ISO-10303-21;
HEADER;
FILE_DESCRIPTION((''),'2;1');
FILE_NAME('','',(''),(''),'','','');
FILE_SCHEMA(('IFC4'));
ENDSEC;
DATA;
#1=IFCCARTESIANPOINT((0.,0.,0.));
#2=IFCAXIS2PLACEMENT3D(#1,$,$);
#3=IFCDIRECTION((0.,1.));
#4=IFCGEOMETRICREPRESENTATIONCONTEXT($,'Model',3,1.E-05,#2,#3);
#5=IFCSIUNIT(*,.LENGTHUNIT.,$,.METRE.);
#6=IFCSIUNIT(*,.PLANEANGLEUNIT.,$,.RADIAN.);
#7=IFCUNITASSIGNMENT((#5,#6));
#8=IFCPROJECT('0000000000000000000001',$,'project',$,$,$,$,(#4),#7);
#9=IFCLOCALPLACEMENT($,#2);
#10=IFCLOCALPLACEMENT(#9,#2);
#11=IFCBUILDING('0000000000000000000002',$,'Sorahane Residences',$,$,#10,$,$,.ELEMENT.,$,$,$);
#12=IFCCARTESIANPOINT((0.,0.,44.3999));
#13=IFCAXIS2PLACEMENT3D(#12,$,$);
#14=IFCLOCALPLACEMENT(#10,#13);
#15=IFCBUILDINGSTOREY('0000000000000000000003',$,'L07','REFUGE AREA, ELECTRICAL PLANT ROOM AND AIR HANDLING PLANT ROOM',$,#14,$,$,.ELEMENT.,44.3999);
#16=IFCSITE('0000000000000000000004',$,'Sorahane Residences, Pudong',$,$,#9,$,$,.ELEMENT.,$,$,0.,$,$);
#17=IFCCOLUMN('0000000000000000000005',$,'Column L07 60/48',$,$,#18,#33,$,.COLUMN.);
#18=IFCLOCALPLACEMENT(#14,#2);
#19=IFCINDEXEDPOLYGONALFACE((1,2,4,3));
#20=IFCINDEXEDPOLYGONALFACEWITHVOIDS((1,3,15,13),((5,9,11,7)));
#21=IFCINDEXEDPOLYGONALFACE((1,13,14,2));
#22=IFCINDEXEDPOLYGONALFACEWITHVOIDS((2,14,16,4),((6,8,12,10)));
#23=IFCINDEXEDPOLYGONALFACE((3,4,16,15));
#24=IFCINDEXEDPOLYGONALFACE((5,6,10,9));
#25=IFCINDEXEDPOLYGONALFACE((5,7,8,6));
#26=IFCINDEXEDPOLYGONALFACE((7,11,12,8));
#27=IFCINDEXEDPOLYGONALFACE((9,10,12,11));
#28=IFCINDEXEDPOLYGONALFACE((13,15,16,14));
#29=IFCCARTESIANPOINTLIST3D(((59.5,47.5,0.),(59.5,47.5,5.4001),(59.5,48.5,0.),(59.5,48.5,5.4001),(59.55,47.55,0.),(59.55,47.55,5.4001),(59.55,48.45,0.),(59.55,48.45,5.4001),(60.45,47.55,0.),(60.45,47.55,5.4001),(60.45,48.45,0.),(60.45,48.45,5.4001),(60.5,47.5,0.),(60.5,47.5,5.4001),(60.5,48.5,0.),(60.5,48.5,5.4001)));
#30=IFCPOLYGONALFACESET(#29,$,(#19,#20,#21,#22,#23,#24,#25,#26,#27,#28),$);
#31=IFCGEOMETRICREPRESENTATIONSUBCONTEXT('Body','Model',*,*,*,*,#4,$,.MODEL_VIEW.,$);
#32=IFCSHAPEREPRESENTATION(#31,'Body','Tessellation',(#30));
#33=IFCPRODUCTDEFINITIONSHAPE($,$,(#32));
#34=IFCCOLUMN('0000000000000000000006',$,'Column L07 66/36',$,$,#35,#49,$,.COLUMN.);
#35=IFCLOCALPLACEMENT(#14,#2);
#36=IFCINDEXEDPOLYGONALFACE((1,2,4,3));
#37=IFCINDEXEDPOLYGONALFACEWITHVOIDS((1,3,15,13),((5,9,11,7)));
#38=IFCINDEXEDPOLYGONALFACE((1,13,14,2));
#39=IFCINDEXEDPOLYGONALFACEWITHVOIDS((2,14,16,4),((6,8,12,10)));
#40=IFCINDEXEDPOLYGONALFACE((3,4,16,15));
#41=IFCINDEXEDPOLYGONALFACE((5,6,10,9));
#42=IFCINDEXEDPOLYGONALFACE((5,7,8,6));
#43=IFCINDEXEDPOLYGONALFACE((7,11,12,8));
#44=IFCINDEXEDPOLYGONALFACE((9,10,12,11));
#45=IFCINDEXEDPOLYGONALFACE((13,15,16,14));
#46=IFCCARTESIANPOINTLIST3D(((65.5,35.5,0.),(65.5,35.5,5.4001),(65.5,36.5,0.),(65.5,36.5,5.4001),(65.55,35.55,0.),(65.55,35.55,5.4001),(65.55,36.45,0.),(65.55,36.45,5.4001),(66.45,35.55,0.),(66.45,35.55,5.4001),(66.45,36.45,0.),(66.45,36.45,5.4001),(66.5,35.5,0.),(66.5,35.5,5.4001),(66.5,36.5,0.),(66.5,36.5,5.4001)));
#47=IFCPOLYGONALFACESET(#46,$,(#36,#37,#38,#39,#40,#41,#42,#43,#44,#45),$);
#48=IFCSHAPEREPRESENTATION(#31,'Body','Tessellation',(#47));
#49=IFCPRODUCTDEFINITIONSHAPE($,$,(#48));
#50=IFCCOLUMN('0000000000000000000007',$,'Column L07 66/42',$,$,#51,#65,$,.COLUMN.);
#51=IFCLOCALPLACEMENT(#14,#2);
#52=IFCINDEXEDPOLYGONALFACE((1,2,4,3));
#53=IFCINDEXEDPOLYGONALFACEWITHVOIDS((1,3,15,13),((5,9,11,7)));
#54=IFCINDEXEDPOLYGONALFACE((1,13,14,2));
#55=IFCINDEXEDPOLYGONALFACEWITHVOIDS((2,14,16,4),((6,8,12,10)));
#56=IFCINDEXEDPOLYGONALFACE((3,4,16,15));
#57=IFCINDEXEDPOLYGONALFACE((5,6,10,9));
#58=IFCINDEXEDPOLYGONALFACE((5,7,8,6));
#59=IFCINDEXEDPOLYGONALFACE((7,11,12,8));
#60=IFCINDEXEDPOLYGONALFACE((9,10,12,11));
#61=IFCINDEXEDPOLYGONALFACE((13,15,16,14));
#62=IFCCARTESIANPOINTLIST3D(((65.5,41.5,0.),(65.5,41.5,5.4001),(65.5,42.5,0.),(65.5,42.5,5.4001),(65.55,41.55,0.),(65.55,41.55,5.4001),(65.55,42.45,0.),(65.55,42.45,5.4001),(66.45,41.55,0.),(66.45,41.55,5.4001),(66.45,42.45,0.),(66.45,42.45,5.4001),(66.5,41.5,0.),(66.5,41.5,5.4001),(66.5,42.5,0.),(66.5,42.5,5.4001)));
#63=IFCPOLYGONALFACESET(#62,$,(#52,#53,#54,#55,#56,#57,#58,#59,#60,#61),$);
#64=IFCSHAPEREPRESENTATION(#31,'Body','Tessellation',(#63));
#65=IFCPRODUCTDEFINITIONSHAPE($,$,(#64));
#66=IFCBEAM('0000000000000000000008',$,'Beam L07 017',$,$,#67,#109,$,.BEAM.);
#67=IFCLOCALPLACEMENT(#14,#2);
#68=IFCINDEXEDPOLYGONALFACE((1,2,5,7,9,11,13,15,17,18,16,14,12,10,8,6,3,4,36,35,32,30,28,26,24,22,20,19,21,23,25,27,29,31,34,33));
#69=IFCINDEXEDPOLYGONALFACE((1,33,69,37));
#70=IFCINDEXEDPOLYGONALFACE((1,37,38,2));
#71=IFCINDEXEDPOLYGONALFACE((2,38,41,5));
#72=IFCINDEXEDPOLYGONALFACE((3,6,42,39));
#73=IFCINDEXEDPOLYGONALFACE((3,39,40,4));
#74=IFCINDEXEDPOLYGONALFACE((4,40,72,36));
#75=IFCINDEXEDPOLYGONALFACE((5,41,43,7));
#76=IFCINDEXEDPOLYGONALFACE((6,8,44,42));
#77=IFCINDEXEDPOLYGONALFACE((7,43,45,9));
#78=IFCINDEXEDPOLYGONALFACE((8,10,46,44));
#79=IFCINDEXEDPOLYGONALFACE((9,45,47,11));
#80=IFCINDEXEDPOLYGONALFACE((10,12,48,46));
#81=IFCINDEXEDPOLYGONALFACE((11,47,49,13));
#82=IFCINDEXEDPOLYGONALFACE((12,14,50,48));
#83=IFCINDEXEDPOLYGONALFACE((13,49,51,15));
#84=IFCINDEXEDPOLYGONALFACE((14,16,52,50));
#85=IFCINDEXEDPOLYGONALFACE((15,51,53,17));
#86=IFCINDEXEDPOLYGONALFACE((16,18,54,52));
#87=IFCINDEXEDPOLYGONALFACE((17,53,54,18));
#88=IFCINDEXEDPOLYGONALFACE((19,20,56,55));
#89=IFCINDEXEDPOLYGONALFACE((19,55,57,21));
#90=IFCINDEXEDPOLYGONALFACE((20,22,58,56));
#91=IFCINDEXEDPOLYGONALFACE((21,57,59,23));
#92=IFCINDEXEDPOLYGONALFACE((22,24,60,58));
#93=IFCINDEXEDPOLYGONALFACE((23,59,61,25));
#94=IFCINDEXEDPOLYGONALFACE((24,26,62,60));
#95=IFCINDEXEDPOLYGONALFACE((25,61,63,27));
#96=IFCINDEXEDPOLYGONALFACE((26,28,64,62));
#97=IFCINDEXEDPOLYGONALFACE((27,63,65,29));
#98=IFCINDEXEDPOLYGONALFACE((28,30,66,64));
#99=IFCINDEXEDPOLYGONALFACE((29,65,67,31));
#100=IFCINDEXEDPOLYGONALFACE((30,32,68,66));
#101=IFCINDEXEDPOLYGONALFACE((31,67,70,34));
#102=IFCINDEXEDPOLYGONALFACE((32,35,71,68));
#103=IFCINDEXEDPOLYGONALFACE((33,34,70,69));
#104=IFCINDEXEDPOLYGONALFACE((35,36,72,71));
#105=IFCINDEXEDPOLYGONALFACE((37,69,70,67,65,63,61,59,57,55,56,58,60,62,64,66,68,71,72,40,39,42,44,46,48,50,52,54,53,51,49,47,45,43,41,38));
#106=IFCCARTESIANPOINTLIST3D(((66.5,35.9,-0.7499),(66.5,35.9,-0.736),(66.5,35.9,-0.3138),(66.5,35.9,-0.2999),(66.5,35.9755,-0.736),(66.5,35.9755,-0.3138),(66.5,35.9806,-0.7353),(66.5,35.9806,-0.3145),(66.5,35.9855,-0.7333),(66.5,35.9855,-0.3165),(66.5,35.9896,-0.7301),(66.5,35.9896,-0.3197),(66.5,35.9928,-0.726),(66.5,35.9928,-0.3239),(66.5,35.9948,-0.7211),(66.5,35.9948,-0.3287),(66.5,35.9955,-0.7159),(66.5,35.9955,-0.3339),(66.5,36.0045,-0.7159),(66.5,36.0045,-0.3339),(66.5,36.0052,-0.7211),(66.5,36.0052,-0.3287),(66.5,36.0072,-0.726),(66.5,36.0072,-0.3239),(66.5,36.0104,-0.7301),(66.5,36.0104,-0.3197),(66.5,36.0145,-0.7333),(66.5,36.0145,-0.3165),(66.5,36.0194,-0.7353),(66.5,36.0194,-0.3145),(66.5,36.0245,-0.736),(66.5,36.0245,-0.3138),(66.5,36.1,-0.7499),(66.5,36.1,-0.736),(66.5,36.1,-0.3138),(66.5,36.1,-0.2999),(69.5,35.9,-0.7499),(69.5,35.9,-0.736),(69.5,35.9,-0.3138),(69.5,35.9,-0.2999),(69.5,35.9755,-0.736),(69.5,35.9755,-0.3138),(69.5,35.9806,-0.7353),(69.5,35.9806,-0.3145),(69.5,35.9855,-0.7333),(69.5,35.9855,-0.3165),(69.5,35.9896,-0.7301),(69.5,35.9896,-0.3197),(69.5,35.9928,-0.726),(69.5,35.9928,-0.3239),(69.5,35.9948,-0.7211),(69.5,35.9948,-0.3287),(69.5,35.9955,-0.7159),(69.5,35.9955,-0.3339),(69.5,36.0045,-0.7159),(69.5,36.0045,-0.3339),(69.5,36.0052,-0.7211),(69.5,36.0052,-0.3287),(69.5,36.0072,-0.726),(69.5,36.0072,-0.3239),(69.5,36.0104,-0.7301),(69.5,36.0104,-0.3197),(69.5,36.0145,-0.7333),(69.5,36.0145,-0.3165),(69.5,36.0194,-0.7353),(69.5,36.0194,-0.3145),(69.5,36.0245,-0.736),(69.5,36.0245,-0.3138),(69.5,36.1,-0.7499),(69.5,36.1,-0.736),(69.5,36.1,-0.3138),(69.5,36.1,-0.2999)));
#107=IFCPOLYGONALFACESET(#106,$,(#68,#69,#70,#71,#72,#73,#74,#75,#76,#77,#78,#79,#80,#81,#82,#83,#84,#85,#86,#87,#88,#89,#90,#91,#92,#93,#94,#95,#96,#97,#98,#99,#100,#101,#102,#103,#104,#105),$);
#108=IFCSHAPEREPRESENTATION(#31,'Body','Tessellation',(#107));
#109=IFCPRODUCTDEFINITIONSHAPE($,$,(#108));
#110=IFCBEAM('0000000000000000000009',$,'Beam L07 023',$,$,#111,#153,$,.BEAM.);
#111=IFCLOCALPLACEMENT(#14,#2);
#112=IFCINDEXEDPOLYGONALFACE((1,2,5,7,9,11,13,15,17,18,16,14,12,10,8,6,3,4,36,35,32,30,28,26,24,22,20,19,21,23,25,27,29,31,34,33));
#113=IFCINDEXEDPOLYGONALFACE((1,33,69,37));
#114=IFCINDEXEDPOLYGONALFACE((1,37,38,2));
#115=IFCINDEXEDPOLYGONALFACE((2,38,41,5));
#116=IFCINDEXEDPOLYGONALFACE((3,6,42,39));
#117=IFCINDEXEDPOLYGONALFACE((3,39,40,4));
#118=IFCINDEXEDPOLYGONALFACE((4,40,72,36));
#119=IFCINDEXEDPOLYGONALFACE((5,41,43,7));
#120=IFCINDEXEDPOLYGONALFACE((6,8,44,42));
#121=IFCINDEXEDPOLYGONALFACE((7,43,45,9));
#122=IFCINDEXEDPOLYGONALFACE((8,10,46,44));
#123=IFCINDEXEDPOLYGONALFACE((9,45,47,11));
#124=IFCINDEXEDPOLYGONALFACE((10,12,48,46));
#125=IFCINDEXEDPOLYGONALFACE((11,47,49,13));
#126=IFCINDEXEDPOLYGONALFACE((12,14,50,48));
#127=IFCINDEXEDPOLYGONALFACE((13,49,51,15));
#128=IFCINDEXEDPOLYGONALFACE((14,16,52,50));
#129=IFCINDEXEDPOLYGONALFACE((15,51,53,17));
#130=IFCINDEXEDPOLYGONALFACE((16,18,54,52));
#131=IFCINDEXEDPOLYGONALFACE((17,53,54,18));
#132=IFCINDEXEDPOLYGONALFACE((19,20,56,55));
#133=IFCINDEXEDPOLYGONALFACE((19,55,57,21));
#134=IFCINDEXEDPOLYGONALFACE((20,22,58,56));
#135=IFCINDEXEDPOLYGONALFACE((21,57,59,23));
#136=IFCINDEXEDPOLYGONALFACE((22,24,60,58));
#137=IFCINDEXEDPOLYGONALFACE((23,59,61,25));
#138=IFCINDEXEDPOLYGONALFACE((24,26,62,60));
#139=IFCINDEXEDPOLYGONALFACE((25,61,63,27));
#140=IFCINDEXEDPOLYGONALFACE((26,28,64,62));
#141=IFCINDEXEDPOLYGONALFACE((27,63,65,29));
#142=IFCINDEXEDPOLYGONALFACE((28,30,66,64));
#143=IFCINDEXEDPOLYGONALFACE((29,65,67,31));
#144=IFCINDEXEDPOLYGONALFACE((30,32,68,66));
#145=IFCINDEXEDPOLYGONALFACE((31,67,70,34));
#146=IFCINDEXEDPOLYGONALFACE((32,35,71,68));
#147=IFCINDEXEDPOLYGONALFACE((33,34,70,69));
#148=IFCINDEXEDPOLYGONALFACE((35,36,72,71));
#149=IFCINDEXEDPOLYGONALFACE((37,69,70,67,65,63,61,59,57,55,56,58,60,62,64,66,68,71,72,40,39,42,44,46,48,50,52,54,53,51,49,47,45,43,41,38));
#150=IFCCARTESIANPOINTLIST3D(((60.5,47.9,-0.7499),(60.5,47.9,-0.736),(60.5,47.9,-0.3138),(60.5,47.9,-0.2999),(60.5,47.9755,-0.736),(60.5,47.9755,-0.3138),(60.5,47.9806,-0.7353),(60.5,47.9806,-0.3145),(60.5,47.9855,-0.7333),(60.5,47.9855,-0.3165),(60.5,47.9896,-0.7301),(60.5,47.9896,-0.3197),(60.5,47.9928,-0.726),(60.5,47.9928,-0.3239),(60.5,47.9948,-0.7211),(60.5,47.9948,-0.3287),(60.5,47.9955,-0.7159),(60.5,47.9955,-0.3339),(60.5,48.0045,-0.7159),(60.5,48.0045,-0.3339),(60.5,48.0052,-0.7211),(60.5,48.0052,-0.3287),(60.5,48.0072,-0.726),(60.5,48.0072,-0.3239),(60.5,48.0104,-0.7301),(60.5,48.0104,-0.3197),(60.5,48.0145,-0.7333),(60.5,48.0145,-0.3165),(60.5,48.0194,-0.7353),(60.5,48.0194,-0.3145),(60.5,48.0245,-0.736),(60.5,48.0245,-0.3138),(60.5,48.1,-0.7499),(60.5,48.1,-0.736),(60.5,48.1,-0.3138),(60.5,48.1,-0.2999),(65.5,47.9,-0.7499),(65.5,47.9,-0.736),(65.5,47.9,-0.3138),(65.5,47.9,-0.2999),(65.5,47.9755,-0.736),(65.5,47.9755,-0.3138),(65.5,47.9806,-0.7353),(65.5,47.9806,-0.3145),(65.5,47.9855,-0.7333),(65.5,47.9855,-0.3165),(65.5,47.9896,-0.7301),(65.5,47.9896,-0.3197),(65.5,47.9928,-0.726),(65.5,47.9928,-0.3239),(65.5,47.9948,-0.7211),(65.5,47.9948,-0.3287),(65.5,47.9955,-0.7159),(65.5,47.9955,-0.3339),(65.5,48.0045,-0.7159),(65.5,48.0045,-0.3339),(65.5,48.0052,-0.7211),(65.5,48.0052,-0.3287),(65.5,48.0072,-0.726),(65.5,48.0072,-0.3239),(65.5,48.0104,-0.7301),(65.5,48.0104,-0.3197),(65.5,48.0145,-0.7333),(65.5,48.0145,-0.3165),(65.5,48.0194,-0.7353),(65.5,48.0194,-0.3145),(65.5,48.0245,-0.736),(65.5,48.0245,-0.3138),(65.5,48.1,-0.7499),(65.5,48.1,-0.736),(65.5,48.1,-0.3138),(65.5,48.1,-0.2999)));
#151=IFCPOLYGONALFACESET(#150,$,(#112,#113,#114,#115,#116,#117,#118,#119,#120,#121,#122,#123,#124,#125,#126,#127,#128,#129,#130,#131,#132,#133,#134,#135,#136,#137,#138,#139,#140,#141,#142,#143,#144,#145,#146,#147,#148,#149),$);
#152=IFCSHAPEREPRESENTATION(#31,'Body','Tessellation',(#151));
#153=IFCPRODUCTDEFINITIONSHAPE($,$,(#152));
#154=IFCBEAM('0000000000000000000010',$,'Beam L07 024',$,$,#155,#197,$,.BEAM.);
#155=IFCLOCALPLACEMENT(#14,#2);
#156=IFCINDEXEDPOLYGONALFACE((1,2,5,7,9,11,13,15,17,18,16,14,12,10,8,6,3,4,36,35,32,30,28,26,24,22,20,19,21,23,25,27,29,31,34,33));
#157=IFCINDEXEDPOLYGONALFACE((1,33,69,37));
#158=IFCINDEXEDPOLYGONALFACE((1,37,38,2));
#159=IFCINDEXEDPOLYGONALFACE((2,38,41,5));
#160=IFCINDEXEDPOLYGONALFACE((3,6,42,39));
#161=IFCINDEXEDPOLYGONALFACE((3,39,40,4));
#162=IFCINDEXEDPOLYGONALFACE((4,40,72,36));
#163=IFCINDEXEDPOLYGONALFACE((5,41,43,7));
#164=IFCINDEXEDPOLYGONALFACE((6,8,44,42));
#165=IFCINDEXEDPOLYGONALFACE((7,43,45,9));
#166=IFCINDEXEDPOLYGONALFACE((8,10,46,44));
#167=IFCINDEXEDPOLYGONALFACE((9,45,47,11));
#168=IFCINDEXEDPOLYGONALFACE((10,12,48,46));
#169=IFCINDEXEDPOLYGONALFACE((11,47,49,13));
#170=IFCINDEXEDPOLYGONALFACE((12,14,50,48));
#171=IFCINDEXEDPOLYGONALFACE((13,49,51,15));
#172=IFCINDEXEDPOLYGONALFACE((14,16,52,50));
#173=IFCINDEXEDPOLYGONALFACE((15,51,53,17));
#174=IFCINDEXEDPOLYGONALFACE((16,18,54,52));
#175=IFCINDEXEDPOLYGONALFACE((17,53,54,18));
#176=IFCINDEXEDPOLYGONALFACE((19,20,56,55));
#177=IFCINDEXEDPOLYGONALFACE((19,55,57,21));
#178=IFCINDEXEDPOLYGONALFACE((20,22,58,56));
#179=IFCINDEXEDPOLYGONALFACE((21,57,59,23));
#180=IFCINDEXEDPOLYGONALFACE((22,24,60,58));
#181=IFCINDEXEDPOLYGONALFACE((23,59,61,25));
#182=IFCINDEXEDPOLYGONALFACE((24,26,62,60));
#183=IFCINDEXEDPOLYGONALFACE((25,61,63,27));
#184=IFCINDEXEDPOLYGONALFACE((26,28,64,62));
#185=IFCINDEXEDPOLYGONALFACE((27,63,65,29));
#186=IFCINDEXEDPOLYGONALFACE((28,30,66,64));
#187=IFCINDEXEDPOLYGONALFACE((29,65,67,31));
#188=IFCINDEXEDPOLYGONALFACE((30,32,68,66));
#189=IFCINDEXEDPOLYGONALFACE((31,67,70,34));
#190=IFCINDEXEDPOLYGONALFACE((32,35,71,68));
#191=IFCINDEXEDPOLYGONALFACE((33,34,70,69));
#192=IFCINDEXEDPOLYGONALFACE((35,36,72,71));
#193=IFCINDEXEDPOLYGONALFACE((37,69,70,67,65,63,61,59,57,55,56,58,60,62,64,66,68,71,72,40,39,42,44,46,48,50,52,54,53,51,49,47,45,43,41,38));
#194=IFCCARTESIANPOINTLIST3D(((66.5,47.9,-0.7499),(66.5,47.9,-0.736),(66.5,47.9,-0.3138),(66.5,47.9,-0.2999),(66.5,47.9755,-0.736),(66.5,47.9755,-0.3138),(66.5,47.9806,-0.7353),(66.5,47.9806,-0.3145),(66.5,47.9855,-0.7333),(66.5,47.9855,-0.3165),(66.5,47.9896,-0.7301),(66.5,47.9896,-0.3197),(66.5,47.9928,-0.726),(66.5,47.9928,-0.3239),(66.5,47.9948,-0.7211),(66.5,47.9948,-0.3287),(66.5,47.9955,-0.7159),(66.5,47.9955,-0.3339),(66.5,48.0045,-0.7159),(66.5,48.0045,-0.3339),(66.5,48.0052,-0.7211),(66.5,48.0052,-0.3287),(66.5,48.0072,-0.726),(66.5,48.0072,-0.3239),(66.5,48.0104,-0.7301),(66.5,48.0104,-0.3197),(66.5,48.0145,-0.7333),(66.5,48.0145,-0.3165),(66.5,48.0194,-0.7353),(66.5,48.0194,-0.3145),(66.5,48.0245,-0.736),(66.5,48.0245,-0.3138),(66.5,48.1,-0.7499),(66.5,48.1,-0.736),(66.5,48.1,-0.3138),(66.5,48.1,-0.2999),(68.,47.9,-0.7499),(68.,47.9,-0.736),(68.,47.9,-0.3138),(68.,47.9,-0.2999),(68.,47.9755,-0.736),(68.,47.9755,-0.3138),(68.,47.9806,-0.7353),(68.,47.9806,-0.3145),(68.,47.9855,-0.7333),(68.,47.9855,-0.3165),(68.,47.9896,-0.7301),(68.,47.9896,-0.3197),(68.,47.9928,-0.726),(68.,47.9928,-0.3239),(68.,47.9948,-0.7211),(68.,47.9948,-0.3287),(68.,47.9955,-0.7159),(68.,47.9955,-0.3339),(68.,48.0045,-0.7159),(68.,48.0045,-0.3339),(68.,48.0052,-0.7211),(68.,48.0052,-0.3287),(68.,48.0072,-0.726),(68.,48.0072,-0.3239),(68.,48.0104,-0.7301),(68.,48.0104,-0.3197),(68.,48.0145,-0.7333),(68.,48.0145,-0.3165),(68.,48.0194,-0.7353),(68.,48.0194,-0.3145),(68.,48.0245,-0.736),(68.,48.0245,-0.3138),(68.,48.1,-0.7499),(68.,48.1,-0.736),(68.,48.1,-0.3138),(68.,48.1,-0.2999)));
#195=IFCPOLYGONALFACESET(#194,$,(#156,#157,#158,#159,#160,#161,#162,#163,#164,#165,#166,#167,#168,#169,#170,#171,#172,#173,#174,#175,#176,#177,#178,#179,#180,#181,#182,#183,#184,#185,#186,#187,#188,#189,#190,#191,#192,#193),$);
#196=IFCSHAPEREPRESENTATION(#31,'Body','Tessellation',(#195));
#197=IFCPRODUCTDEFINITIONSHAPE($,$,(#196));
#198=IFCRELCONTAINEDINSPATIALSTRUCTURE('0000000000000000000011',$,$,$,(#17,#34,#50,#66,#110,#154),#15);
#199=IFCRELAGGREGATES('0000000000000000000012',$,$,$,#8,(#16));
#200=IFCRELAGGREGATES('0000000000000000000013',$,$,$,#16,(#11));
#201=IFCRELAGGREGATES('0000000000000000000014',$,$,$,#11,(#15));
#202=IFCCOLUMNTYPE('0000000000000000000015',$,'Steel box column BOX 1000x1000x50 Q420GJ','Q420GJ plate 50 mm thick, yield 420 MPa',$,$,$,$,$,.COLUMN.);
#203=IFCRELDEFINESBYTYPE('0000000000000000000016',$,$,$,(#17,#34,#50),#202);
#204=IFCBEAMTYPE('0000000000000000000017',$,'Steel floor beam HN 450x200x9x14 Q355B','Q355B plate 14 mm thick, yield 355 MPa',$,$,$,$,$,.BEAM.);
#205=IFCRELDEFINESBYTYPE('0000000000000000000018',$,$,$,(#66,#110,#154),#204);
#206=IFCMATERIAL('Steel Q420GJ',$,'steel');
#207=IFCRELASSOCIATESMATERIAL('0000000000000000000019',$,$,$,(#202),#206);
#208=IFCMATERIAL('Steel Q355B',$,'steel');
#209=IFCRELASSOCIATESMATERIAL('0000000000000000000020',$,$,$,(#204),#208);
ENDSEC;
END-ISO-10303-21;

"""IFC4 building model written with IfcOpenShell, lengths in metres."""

from ifc_helpers import new_model, si_unit, direction, frame, origin, origin_2d, place, context, subcontext, project, spatial, hollow_rectangle, i_section, extrude, material, material_profile, profile_set, type_object, element, save


model = new_model("IFC4")

# Units and contexts
model_context = context("Model", 3, precision=1e-05, world=origin(), true_north=direction((0.0, 1.0)))
body_context = subcontext(model_context, "Body", "Model", "MODEL_VIEW")
ifc_project = project(units=[si_unit("LENGTHUNIT", "METRE"), si_unit("PLANEANGLEUNIT", "RADIAN")], contexts=[model_context])

# Site, building, storey
site_placement = place(None, origin())
site = spatial("IfcSite", under=ifc_project, at=site_placement, Name="Sorahane Residences, Pudong", CompositionType="ELEMENT", RefElevation=0.0)
building_placement = place(site_placement, origin())
building = spatial("IfcBuilding", under=site, at=building_placement, Name="Sorahane Residences", CompositionType="ELEMENT")
storey_placement = place(building_placement, frame((0.0, 0.0, 44.3999)))
storey = spatial("IfcBuildingStorey", under=building, at=storey_placement, Name="L07", Description="REFUGE AREA, ELECTRICAL PLANT ROOM AND AIR HANDLING PLANT ROOM", CompositionType="ELEMENT", Elevation=44.3999)

# Columns
ifc_material_1 = material(Name="Steel Q420GJ", Category="steel")
ifc_material_profile_1 = material_profile(ifc_material_1, hollow_rectangle(XDim=1.0, YDim=1.0, WallThickness=0.05, at=origin_2d()), Name="BOX 1000x1000x50")
ifc_profile_set_1 = profile_set([ifc_material_profile_1], Name="Steel Q420GJ")
column_type = type_object("IfcColumnType", Name="Steel box column BOX 1000x1000x50 Q420GJ", Description="Q420GJ plate 50 mm thick, yield 420 MPa", PredefinedType="COLUMN", material=ifc_profile_set_1)
for number, where, z_axis, x_axis, name in (
    (1, (60.0, 48.0, 0.0), (0.0, 0.0, 1.0), (1.0, 0.0, 0.0), "Column L07 60/48"),
    (2, (66.0, 36.0, 0.0), (0.0, 0.0, 1.0), (1.0, 0.0, 0.0), "Column L07 66/36"),
    (3, (66.0, 42.0, 0.0), (0.0, 0.0, 1.0), (1.0, 0.0, 0.0), "Column L07 66/42"),
):
    element("IfcColumn", number, at=place(storey_placement, frame(where, z_axis=z_axis, x_axis=x_axis)), inside=storey, type_object=column_type, Name=name, PredefinedType="COLUMN", context=body_context, shape_type="SweptSolid", body=[
        extrude(hollow_rectangle(XDim=1.0, YDim=1.0, WallThickness=0.05, at=origin_2d()), origin(), (0.0, 0.0, 1.0), 5.4001),
    ])

# Beams
ifc_material_2 = material(Name="Steel Q355B", Category="steel")
ifc_material_profile_2 = material_profile(ifc_material_2, i_section(OverallWidth=0.2, OverallDepth=0.45, WebThickness=0.009, FlangeThickness=0.0139, FilletRadius=0.02, at=origin_2d()), Name="HN 450x200x9x14")
ifc_profile_set_2 = profile_set([ifc_material_profile_2], Name="Steel Q355B")
beam_type_1 = type_object("IfcBeamType", Name="Steel floor beam HN 450x200x9x14 Q355B", Description="Q355B plate 14 mm thick, yield 355 MPa", PredefinedType="BEAM", material=ifc_profile_set_2)
beam_1_placement = place(storey_placement, frame((66.5, 36.0, -0.5249), z_axis=(1.0, 0.0, 0.0), x_axis=(0.0, 1.0, 0.0)))
element("IfcBeam", 4, at=beam_1_placement, inside=storey, type_object=beam_type_1, Name="Beam L07 017", PredefinedType="BEAM", context=body_context, shape_type="SweptSolid", body=[
    extrude(i_section(OverallWidth=0.2, OverallDepth=0.45, WebThickness=0.009, FlangeThickness=0.0139, FilletRadius=0.02, at=origin_2d()), origin(), (0.0, 0.0, 1.0), 3.0),
])
beam_2_placement = place(storey_placement, frame((60.5, 48.0, -0.5249), z_axis=(1.0, 0.0, 0.0), x_axis=(0.0, 1.0, 0.0)))
element("IfcBeam", 5, at=beam_2_placement, inside=storey, type_object=beam_type_1, Name="Beam L07 023", PredefinedType="BEAM", context=body_context, shape_type="SweptSolid", body=[
    extrude(i_section(OverallWidth=0.2, OverallDepth=0.45, WebThickness=0.009, FlangeThickness=0.0139, FilletRadius=0.02, at=origin_2d()), origin(), (0.0, 0.0, 1.0), 5.0),
])
beam_3_placement = place(storey_placement, frame((66.5, 48.0, -0.5249), z_axis=(1.0, 0.0, 0.0), x_axis=(0.0, 1.0, 0.0)))
element("IfcBeam", 6, at=beam_3_placement, inside=storey, type_object=beam_type_1, Name="Beam L07 024", PredefinedType="BEAM", context=body_context, shape_type="SweptSolid", body=[
    extrude(i_section(OverallWidth=0.2, OverallDepth=0.45, WebThickness=0.009, FlangeThickness=0.0139, FilletRadius=0.02, at=origin_2d()), origin(), (0.0, 0.0, 1.0), 1.5),
])

save(model, "model.ifc")
